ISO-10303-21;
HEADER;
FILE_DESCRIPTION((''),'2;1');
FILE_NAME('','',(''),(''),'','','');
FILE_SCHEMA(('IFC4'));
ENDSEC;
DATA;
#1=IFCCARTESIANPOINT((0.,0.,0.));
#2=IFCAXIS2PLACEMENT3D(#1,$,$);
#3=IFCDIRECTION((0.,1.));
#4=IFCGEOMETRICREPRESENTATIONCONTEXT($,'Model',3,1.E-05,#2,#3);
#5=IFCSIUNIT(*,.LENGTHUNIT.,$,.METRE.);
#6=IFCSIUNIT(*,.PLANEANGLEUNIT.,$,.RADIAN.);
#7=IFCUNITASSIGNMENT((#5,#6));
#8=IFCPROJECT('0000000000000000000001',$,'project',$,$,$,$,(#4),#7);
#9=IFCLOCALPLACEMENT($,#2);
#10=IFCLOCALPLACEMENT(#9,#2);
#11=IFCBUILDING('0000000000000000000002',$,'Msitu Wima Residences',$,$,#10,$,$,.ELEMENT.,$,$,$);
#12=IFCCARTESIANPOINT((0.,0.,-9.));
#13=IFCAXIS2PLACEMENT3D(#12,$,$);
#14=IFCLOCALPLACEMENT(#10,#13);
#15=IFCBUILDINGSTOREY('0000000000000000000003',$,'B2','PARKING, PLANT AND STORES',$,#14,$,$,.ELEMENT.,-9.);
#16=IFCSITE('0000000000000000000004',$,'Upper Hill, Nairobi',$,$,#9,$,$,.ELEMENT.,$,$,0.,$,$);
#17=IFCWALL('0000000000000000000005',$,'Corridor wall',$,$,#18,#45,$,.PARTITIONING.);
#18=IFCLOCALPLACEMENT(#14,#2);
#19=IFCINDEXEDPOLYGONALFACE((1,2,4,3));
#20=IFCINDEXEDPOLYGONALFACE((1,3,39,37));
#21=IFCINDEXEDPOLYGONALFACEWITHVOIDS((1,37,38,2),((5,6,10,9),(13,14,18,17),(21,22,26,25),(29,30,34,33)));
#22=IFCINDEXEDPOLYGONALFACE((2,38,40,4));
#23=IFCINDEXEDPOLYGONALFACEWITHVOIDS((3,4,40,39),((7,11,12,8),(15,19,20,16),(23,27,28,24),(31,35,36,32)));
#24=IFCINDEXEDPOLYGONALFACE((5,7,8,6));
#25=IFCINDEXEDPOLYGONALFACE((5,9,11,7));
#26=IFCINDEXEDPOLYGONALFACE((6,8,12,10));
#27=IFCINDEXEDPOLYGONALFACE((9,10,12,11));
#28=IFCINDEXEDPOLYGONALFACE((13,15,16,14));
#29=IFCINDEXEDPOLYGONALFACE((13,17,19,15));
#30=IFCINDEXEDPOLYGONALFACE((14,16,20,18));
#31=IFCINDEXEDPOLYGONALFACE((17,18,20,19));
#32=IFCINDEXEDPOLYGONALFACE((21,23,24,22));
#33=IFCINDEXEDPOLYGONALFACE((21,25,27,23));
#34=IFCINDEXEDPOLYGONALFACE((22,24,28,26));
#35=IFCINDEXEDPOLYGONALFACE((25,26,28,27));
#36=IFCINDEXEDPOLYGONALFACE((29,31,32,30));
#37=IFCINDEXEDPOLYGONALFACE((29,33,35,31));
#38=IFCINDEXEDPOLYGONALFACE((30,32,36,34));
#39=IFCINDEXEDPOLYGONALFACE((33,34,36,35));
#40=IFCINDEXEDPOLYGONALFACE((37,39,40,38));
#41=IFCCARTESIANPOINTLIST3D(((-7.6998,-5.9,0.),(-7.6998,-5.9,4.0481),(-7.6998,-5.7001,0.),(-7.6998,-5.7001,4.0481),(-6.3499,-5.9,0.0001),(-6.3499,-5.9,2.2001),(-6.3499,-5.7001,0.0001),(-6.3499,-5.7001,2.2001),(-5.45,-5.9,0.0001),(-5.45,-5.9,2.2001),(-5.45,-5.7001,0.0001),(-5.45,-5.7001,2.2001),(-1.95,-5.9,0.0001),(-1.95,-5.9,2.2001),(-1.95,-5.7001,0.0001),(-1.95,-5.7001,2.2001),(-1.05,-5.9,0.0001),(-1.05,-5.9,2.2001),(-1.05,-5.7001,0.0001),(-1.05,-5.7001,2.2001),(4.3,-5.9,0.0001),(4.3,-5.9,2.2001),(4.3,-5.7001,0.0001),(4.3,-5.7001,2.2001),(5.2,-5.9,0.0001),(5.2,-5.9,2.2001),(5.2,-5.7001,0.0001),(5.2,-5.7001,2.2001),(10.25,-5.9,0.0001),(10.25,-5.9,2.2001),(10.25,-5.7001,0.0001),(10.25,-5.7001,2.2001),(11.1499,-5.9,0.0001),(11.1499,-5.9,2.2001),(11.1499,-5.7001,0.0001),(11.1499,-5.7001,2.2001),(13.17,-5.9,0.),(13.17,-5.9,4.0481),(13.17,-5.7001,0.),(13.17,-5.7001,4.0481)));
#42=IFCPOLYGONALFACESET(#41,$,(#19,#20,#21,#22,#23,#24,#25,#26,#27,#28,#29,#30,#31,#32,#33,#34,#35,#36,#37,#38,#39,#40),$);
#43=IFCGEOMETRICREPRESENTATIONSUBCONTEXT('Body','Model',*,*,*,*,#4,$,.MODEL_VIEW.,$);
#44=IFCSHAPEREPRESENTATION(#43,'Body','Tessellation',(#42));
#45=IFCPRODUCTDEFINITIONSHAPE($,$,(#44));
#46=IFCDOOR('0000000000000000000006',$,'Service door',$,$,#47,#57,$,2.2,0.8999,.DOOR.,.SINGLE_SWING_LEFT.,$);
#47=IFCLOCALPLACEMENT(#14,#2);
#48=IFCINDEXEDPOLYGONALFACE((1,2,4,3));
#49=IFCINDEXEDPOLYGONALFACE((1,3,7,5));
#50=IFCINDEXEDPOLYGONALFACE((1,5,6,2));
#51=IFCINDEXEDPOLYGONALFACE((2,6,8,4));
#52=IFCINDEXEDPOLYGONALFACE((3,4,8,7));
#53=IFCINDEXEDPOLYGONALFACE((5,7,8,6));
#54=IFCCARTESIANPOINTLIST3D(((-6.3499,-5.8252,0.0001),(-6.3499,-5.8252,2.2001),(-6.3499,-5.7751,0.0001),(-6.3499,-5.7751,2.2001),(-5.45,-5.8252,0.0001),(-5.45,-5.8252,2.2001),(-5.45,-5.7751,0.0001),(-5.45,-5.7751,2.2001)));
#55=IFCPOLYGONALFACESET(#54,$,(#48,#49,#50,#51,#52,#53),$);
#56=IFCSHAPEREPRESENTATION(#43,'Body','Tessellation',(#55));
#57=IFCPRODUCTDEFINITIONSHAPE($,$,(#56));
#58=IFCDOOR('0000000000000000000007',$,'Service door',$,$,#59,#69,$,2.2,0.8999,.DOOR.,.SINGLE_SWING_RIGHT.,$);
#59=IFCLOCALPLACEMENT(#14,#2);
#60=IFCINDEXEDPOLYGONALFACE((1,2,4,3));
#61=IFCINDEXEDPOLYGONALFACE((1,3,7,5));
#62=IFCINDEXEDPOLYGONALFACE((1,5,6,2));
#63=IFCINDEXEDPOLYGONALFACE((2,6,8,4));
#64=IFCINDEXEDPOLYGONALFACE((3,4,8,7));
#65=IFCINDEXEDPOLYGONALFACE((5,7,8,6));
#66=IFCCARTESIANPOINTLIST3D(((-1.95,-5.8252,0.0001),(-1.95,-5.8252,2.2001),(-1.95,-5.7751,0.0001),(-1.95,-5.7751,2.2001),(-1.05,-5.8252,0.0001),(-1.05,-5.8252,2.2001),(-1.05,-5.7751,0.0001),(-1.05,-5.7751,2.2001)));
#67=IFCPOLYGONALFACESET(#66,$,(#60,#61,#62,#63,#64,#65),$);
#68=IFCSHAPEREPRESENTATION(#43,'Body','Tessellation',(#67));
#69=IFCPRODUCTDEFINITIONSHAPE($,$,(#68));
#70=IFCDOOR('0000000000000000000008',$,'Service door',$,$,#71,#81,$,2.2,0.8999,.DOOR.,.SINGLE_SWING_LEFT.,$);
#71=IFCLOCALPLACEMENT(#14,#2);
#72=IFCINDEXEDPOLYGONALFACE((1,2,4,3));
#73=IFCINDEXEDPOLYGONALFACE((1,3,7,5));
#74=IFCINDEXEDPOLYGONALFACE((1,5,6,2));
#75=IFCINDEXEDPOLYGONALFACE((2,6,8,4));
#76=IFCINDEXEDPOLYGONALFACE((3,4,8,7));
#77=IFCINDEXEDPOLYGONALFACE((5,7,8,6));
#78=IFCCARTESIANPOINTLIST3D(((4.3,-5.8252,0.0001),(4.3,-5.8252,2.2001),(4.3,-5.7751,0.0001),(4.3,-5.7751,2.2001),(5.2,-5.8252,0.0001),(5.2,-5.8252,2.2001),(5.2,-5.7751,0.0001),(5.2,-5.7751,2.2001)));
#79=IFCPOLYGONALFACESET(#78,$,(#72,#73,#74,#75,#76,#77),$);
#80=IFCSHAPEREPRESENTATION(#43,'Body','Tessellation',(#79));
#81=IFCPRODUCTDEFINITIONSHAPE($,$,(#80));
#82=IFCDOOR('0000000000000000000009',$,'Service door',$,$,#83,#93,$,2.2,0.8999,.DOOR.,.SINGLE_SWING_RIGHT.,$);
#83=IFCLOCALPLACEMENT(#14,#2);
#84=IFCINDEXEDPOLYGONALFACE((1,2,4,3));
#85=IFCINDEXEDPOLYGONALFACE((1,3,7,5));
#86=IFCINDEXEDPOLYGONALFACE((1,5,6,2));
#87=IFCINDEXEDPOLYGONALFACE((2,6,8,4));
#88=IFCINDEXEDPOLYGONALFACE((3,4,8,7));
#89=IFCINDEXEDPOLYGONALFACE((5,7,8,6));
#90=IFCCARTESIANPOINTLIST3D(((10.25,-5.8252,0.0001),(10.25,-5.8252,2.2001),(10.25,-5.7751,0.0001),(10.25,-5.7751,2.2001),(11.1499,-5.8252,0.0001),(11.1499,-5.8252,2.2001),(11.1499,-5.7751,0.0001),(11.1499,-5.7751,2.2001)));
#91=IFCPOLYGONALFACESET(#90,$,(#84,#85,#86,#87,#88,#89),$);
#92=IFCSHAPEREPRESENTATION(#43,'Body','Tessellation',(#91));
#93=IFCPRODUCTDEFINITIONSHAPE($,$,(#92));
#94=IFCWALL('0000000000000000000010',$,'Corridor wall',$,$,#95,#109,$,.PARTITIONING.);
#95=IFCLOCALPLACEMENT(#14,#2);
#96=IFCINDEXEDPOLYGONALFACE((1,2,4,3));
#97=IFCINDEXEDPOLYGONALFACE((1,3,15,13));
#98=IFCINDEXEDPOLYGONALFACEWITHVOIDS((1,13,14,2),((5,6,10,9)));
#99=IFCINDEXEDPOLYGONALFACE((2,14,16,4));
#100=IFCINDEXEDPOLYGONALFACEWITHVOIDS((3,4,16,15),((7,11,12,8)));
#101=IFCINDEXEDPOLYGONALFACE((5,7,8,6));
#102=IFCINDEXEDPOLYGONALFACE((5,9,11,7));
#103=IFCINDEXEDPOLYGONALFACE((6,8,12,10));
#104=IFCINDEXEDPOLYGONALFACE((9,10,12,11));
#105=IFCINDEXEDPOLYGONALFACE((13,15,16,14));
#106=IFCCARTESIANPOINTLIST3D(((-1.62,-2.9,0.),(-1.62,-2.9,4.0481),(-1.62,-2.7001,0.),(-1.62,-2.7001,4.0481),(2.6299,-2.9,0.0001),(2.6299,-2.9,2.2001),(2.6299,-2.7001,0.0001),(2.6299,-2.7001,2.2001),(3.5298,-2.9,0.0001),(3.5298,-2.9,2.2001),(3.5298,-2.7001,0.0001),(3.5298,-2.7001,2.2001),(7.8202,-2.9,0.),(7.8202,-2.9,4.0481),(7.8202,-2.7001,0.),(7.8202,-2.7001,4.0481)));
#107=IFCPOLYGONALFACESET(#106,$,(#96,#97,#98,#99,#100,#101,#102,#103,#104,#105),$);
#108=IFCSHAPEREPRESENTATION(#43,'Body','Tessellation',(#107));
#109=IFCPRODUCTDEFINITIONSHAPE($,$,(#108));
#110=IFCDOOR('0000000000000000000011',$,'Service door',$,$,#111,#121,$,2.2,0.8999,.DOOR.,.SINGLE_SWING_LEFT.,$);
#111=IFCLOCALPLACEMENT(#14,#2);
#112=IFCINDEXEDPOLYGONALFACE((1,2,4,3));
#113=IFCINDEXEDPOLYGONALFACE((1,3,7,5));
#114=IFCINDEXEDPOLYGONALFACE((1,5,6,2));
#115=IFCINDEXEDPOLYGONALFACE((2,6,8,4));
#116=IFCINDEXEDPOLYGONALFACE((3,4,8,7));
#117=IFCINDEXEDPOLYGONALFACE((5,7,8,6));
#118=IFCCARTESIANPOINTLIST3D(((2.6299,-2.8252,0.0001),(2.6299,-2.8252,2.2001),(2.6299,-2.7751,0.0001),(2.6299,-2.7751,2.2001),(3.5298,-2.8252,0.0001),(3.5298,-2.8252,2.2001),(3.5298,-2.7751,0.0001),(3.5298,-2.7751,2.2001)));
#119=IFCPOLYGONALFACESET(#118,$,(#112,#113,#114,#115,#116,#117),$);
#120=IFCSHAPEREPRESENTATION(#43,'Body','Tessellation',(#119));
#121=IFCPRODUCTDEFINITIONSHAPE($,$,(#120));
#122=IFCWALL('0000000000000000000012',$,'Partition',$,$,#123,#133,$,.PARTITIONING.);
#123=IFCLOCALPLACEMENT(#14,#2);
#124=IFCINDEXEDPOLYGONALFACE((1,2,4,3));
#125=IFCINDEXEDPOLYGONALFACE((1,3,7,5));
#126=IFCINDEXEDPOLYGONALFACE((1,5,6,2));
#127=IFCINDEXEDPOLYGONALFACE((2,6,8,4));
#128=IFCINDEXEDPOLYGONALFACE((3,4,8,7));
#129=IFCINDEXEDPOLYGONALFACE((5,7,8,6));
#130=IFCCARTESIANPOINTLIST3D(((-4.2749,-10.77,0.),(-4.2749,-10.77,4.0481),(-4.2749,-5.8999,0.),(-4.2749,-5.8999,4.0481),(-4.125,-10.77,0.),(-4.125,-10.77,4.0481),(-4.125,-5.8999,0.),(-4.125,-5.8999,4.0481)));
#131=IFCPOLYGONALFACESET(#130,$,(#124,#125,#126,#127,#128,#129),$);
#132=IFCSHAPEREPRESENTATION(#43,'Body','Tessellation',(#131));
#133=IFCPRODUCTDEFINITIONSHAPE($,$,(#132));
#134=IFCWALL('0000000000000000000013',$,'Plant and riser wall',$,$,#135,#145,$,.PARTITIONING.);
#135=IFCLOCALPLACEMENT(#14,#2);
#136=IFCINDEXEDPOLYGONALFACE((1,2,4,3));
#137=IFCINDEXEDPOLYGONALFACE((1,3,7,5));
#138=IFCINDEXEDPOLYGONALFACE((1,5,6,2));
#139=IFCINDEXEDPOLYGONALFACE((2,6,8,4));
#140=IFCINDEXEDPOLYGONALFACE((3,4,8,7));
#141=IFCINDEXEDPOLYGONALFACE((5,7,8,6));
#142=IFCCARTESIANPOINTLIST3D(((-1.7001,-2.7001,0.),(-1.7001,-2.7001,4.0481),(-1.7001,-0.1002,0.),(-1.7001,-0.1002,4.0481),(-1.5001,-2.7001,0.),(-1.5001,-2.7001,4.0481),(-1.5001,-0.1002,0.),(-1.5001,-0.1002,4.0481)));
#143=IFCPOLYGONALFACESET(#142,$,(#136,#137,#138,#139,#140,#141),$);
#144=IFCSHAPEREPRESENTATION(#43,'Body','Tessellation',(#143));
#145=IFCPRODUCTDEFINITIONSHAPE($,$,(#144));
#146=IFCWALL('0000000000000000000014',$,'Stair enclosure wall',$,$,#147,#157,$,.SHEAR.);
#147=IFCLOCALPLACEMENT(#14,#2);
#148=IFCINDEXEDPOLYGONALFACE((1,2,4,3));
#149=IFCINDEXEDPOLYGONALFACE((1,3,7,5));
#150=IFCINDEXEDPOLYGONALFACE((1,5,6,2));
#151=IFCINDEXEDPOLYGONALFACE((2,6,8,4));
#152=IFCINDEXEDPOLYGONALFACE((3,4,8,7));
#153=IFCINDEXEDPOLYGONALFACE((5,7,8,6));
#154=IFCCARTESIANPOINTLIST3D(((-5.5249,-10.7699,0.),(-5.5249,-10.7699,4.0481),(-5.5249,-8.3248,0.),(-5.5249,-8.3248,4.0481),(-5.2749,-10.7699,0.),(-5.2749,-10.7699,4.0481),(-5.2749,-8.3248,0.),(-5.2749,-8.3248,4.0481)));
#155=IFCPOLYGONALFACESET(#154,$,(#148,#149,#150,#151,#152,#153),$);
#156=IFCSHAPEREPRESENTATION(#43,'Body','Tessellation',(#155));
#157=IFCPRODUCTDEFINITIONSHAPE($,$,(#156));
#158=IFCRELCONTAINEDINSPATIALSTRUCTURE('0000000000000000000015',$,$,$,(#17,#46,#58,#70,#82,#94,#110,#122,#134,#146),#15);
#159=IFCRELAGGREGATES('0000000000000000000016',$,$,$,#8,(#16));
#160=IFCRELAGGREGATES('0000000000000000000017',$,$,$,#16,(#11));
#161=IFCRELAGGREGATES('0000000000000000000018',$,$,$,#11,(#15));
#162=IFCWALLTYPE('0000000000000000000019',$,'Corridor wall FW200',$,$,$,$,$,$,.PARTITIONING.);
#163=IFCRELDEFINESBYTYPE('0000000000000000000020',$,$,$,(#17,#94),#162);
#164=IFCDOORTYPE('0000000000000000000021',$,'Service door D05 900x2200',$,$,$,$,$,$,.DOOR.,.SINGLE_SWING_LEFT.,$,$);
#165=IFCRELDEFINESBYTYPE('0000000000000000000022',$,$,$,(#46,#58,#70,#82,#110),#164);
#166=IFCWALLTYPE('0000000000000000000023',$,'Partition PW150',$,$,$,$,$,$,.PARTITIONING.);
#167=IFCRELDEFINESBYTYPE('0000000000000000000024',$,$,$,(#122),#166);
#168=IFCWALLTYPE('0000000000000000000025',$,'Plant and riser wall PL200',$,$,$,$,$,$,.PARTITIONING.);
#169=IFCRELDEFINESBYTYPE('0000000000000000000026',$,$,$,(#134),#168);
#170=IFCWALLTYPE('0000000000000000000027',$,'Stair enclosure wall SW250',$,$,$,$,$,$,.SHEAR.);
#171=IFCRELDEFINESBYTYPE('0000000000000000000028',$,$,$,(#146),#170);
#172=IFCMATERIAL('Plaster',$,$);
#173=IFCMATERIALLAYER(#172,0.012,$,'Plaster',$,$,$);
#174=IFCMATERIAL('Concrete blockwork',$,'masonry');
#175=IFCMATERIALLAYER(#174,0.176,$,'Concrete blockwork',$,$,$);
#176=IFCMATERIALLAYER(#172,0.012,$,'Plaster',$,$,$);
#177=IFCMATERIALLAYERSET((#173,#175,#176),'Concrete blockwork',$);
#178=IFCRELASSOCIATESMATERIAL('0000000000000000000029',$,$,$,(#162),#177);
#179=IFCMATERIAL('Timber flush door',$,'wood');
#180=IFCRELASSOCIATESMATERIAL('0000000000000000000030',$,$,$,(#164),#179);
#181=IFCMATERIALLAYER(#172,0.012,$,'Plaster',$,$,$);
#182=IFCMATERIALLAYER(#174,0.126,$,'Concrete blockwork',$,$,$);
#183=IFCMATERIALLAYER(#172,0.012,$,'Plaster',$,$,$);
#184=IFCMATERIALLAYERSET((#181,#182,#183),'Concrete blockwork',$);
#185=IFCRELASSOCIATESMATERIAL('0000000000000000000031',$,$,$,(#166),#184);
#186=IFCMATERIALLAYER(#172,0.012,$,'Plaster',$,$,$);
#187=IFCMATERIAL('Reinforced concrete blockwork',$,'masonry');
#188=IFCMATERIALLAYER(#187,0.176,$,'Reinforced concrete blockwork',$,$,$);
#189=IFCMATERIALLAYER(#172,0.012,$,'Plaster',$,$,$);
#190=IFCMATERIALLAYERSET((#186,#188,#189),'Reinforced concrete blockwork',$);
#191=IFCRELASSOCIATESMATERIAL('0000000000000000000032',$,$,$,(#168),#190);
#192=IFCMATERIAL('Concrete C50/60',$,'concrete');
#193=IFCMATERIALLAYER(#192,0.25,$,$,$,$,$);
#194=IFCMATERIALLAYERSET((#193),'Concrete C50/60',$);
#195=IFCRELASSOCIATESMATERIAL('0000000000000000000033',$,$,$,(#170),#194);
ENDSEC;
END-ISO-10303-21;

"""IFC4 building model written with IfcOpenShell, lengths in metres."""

from ifc_helpers import new_model, si_unit, direction, frame, frame_2d, origin, place, context, subcontext, project, spatial, rectangle, extrude, material, layer, layer_set, type_object, element, fill, save


model = new_model("IFC4")

# Units and contexts
model_context = context("Model", 3, precision=1e-05, world=origin(), true_north=direction((0.0, 1.0)))
body_context = subcontext(model_context, "Body", "Model", "MODEL_VIEW")
ifc_project = project(units=[si_unit("LENGTHUNIT", "METRE"), si_unit("PLANEANGLEUNIT", "RADIAN")], contexts=[model_context])

# Site, building, storey
site_placement = place(None, origin())
site = spatial("IfcSite", under=ifc_project, at=site_placement, Name="Upper Hill, Nairobi", CompositionType="ELEMENT", RefElevation=0.0)
building_placement = place(site_placement, origin())
building = spatial("IfcBuilding", under=site, at=building_placement, Name="Msitu Wima Residences", CompositionType="ELEMENT")
storey_placement = place(building_placement, frame((0.0, 0.0, -9.0)))
storey = spatial("IfcBuildingStorey", under=building, at=storey_placement, Name="B2", Description="PARKING, PLANT AND STORES", CompositionType="ELEMENT", Elevation=-9.0)

# Wall, openings, doors
ifc_material_1 = material(Name="Plaster")
ifc_layer_1 = layer(ifc_material_1, 0.012, Name="Plaster")
ifc_material_2 = material(Name="Concrete blockwork", Category="masonry")
ifc_layer_2 = layer(ifc_material_2, 0.176, Name="Concrete blockwork")
ifc_layer_3 = layer(ifc_material_1, 0.012, Name="Plaster")
ifc_layer_set_1 = layer_set([ifc_layer_1, ifc_layer_2, ifc_layer_3], Name="Concrete blockwork")
wall_type_1 = type_object("IfcWallType", Name="Corridor wall FW200", PredefinedType="PARTITIONING", material=ifc_layer_set_1)
wall_1_placement = place(storey_placement, frame((-7.7, -5.8, 0.0), z_axis=(0.0, 0.0, 1.0), x_axis=(1.0, 0.0, 0.0)))
wall_1 = element("IfcWall", 1, at=wall_1_placement, inside=storey, type_object=wall_type_1, Name="Corridor wall", PredefinedType="PARTITIONING", context=body_context, shape_type="SweptSolid", body=[
    extrude(rectangle(XDim=20.8699, YDim=0.2, at=frame_2d((10.4351, 0.0))), origin(), (0.0, 0.0, 1.0), 4.0481),
])
opening_1_placement = place(wall_1_placement, frame((1.3501, 0.0, 0.0)))
opening_1 = element("IfcOpeningElement", 2, at=opening_1_placement, cuts=wall_1, PredefinedType="OPENING", context=body_context, shape_type="SweptSolid", body=[
    extrude(rectangle(XDim=0.8999, YDim=2.2, at=frame_2d((0.45, 1.1001))), frame((0.0, 0.1099, 0.0), z_axis=(0.0, -1.0, 0.0), x_axis=(1.0, 0.0, 0.0)), (0.0, 0.0, 1.0), 0.22),
])
opening_2_placement = place(wall_1_placement, frame((5.75, 0.0, 0.0)))
opening_2 = element("IfcOpeningElement", 3, at=opening_2_placement, cuts=wall_1, PredefinedType="OPENING", context=body_context, shape_type="SweptSolid", body=[
    extrude(rectangle(XDim=0.8999, YDim=2.2, at=frame_2d((0.45, 1.1001))), frame((0.0, 0.1099, 0.0), z_axis=(0.0, -1.0, 0.0), x_axis=(1.0, 0.0, 0.0)), (0.0, 0.0, 1.0), 0.22),
])
opening_3_placement = place(wall_1_placement, frame((12.0, 0.0, 0.0)))
opening_3 = element("IfcOpeningElement", 4, at=opening_3_placement, cuts=wall_1, PredefinedType="OPENING", context=body_context, shape_type="SweptSolid", body=[
    extrude(rectangle(XDim=0.8999, YDim=2.2, at=frame_2d((0.45, 1.1001))), frame((0.0, 0.1099, 0.0), z_axis=(0.0, -1.0, 0.0), x_axis=(1.0, 0.0, 0.0)), (0.0, 0.0, 1.0), 0.22),
])
opening_4_placement = place(wall_1_placement, frame((17.95, 0.0, 0.0)))
opening_4 = element("IfcOpeningElement", 5, at=opening_4_placement, cuts=wall_1, PredefinedType="OPENING", context=body_context, shape_type="SweptSolid", body=[
    extrude(rectangle(XDim=0.8999, YDim=2.2, at=frame_2d((0.45, 1.1001))), frame((0.0, 0.1099, 0.0), z_axis=(0.0, -1.0, 0.0), x_axis=(1.0, 0.0, 0.0)), (0.0, 0.0, 1.0), 0.22),
])
ifc_material_3 = material(Name="Timber flush door", Category="wood")
door_type = type_object("IfcDoorType", Name="Service door D05 900x2200", OperationType="SINGLE_SWING_LEFT", PredefinedType="DOOR", material=ifc_material_3)
door_1_placement = place(opening_1_placement, origin())
door_1 = element("IfcDoor", 6, at=door_1_placement, inside=storey, type_object=door_type, Name="Service door", OperationType="SINGLE_SWING_LEFT", OverallHeight=2.2, OverallWidth=0.8999, PredefinedType="DOOR", context=body_context, shape_type="SweptSolid", body=[
    extrude(rectangle(XDim=0.8999, YDim=2.2, at=frame_2d((0.45, 1.1001))), frame((0.0, 0.0249, 0.0), z_axis=(0.0, -1.0, 0.0), x_axis=(1.0, 0.0, 0.0)), (0.0, 0.0, 1.0), 0.05),
])
fill(opening_1, door_1)
door_2_placement = place(opening_2_placement, origin())
door_2 = element("IfcDoor", 7, at=door_2_placement, inside=storey, type_object=door_type, Name="Service door", OperationType="SINGLE_SWING_RIGHT", OverallHeight=2.2, OverallWidth=0.8999, PredefinedType="DOOR", context=body_context, shape_type="SweptSolid", body=[
    extrude(rectangle(XDim=0.8999, YDim=2.2, at=frame_2d((0.45, 1.1001))), frame((0.0, 0.0249, 0.0), z_axis=(0.0, -1.0, 0.0), x_axis=(1.0, 0.0, 0.0)), (0.0, 0.0, 1.0), 0.05),
])
fill(opening_2, door_2)
door_3_placement = place(opening_3_placement, origin())
door_3 = element("IfcDoor", 8, at=door_3_placement, inside=storey, type_object=door_type, Name="Service door", OperationType="SINGLE_SWING_LEFT", OverallHeight=2.2, OverallWidth=0.8999, PredefinedType="DOOR", context=body_context, shape_type="SweptSolid", body=[
    extrude(rectangle(XDim=0.8999, YDim=2.2, at=frame_2d((0.45, 1.1001))), frame((0.0, 0.0249, 0.0), z_axis=(0.0, -1.0, 0.0), x_axis=(1.0, 0.0, 0.0)), (0.0, 0.0, 1.0), 0.05),
])
fill(opening_3, door_3)
door_4_placement = place(opening_4_placement, origin())
door_4 = element("IfcDoor", 9, at=door_4_placement, inside=storey, type_object=door_type, Name="Service door", OperationType="SINGLE_SWING_RIGHT", OverallHeight=2.2, OverallWidth=0.8999, PredefinedType="DOOR", context=body_context, shape_type="SweptSolid", body=[
    extrude(rectangle(XDim=0.8999, YDim=2.2, at=frame_2d((0.45, 1.1001))), frame((0.0, 0.0249, 0.0), z_axis=(0.0, -1.0, 0.0), x_axis=(1.0, 0.0, 0.0)), (0.0, 0.0, 1.0), 0.05),
])
fill(opening_4, door_4)

# Wall, opening, door
wall_2_placement = place(storey_placement, frame((-1.6201, -2.8, 0.0), z_axis=(0.0, 0.0, 1.0), x_axis=(1.0, 0.0, 0.0)))
wall_2 = element("IfcWall", 10, at=wall_2_placement, inside=storey, type_object=wall_type_1, Name="Corridor wall", PredefinedType="PARTITIONING", context=body_context, shape_type="SweptSolid", body=[
    extrude(rectangle(XDim=9.4402, YDim=0.2, at=frame_2d((4.7202, 0.0))), origin(), (0.0, 0.0, 1.0), 4.0481),
])
opening_5_placement = place(wall_2_placement, frame((4.25, 0.0, 0.0)))
opening_5 = element("IfcOpeningElement", 11, at=opening_5_placement, cuts=wall_2, PredefinedType="OPENING", context=body_context, shape_type="SweptSolid", body=[
    extrude(rectangle(XDim=0.8999, YDim=2.2, at=frame_2d((0.45, 1.1001))), frame((0.0, 0.1099, 0.0), z_axis=(0.0, -1.0, 0.0), x_axis=(1.0, 0.0, 0.0)), (0.0, 0.0, 1.0), 0.22),
])
door_5_placement = place(opening_5_placement, origin())
door_5 = element("IfcDoor", 12, at=door_5_placement, inside=storey, type_object=door_type, Name="Service door", OperationType="SINGLE_SWING_LEFT", OverallHeight=2.2, OverallWidth=0.8999, PredefinedType="DOOR", context=body_context, shape_type="SweptSolid", body=[
    extrude(rectangle(XDim=0.8999, YDim=2.2, at=frame_2d((0.45, 1.1001))), frame((0.0, 0.0249, 0.0), z_axis=(0.0, -1.0, 0.0), x_axis=(1.0, 0.0, 0.0)), (0.0, 0.0, 1.0), 0.05),
])
fill(opening_5, door_5)

# Walls
ifc_layer_4 = layer(ifc_material_1, 0.012, Name="Plaster")
ifc_layer_5 = layer(ifc_material_2, 0.126, Name="Concrete blockwork")
ifc_layer_6 = layer(ifc_material_1, 0.012, Name="Plaster")
ifc_layer_set_2 = layer_set([ifc_layer_4, ifc_layer_5, ifc_layer_6], Name="Concrete blockwork")
wall_type_2 = type_object("IfcWallType", Name="Partition PW150", PredefinedType="PARTITIONING", material=ifc_layer_set_2)
wall_3_placement = place(storey_placement, frame((-4.2, -10.77, 0.0), z_axis=(0.0, 0.0, 1.0), x_axis=(0.0, 1.0, 0.0)))
element("IfcWall", 13, at=wall_3_placement, inside=storey, type_object=wall_type_2, Name="Partition", PredefinedType="PARTITIONING", context=body_context, shape_type="SweptSolid", body=[
    extrude(rectangle(XDim=4.8701, YDim=0.1499, at=frame_2d((2.4351, 0.0))), origin(), (0.0, 0.0, 1.0), 4.0481),
])
ifc_layer_7 = layer(ifc_material_1, 0.012, Name="Plaster")
ifc_material_4 = material(Name="Reinforced concrete blockwork", Category="masonry")
ifc_layer_8 = layer(ifc_material_4, 0.176, Name="Reinforced concrete blockwork")
ifc_layer_9 = layer(ifc_material_1, 0.012, Name="Plaster")
ifc_layer_set_3 = layer_set([ifc_layer_7, ifc_layer_8, ifc_layer_9], Name="Reinforced concrete blockwork")
wall_type_3 = type_object("IfcWallType", Name="Plant and riser wall PL200", PredefinedType="PARTITIONING", material=ifc_layer_set_3)
wall_4_placement = place(storey_placement, frame((-1.6001, -2.7, 0.0), z_axis=(0.0, 0.0, 1.0), x_axis=(0.0, 1.0, 0.0)))
element("IfcWall", 14, at=wall_4_placement, inside=storey, type_object=wall_type_3, Name="Plant and riser wall", PredefinedType="PARTITIONING", context=body_context, shape_type="SweptSolid", body=[
    extrude(rectangle(XDim=2.5999, YDim=0.2, at=frame_2d((1.2998, 0.0))), origin(), (0.0, 0.0, 1.0), 4.0481),
])
ifc_material_5 = material(Name="Concrete C50/60", Category="concrete")
ifc_layer_10 = layer(ifc_material_5, 0.25)
ifc_layer_set_4 = layer_set([ifc_layer_10], Name="Concrete C50/60")
wall_type_4 = type_object("IfcWallType", Name="Stair enclosure wall SW250", PredefinedType="SHEAR", material=ifc_layer_set_4)
wall_5_placement = place(storey_placement, frame((-5.3999, -10.77, 0.0), z_axis=(0.0, 0.0, 1.0), x_axis=(0.0, 1.0, 0.0)))
element("IfcWall", 15, at=wall_5_placement, inside=storey, type_object=wall_type_4, Name="Stair enclosure wall", PredefinedType="SHEAR", context=body_context, shape_type="SweptSolid", body=[
    extrude(rectangle(XDim=2.4451, YDim=0.25, at=frame_2d((1.2227, 0.0))), origin(), (0.0, 0.0, 1.0), 4.0481),
])

save(model, "model.ifc")
